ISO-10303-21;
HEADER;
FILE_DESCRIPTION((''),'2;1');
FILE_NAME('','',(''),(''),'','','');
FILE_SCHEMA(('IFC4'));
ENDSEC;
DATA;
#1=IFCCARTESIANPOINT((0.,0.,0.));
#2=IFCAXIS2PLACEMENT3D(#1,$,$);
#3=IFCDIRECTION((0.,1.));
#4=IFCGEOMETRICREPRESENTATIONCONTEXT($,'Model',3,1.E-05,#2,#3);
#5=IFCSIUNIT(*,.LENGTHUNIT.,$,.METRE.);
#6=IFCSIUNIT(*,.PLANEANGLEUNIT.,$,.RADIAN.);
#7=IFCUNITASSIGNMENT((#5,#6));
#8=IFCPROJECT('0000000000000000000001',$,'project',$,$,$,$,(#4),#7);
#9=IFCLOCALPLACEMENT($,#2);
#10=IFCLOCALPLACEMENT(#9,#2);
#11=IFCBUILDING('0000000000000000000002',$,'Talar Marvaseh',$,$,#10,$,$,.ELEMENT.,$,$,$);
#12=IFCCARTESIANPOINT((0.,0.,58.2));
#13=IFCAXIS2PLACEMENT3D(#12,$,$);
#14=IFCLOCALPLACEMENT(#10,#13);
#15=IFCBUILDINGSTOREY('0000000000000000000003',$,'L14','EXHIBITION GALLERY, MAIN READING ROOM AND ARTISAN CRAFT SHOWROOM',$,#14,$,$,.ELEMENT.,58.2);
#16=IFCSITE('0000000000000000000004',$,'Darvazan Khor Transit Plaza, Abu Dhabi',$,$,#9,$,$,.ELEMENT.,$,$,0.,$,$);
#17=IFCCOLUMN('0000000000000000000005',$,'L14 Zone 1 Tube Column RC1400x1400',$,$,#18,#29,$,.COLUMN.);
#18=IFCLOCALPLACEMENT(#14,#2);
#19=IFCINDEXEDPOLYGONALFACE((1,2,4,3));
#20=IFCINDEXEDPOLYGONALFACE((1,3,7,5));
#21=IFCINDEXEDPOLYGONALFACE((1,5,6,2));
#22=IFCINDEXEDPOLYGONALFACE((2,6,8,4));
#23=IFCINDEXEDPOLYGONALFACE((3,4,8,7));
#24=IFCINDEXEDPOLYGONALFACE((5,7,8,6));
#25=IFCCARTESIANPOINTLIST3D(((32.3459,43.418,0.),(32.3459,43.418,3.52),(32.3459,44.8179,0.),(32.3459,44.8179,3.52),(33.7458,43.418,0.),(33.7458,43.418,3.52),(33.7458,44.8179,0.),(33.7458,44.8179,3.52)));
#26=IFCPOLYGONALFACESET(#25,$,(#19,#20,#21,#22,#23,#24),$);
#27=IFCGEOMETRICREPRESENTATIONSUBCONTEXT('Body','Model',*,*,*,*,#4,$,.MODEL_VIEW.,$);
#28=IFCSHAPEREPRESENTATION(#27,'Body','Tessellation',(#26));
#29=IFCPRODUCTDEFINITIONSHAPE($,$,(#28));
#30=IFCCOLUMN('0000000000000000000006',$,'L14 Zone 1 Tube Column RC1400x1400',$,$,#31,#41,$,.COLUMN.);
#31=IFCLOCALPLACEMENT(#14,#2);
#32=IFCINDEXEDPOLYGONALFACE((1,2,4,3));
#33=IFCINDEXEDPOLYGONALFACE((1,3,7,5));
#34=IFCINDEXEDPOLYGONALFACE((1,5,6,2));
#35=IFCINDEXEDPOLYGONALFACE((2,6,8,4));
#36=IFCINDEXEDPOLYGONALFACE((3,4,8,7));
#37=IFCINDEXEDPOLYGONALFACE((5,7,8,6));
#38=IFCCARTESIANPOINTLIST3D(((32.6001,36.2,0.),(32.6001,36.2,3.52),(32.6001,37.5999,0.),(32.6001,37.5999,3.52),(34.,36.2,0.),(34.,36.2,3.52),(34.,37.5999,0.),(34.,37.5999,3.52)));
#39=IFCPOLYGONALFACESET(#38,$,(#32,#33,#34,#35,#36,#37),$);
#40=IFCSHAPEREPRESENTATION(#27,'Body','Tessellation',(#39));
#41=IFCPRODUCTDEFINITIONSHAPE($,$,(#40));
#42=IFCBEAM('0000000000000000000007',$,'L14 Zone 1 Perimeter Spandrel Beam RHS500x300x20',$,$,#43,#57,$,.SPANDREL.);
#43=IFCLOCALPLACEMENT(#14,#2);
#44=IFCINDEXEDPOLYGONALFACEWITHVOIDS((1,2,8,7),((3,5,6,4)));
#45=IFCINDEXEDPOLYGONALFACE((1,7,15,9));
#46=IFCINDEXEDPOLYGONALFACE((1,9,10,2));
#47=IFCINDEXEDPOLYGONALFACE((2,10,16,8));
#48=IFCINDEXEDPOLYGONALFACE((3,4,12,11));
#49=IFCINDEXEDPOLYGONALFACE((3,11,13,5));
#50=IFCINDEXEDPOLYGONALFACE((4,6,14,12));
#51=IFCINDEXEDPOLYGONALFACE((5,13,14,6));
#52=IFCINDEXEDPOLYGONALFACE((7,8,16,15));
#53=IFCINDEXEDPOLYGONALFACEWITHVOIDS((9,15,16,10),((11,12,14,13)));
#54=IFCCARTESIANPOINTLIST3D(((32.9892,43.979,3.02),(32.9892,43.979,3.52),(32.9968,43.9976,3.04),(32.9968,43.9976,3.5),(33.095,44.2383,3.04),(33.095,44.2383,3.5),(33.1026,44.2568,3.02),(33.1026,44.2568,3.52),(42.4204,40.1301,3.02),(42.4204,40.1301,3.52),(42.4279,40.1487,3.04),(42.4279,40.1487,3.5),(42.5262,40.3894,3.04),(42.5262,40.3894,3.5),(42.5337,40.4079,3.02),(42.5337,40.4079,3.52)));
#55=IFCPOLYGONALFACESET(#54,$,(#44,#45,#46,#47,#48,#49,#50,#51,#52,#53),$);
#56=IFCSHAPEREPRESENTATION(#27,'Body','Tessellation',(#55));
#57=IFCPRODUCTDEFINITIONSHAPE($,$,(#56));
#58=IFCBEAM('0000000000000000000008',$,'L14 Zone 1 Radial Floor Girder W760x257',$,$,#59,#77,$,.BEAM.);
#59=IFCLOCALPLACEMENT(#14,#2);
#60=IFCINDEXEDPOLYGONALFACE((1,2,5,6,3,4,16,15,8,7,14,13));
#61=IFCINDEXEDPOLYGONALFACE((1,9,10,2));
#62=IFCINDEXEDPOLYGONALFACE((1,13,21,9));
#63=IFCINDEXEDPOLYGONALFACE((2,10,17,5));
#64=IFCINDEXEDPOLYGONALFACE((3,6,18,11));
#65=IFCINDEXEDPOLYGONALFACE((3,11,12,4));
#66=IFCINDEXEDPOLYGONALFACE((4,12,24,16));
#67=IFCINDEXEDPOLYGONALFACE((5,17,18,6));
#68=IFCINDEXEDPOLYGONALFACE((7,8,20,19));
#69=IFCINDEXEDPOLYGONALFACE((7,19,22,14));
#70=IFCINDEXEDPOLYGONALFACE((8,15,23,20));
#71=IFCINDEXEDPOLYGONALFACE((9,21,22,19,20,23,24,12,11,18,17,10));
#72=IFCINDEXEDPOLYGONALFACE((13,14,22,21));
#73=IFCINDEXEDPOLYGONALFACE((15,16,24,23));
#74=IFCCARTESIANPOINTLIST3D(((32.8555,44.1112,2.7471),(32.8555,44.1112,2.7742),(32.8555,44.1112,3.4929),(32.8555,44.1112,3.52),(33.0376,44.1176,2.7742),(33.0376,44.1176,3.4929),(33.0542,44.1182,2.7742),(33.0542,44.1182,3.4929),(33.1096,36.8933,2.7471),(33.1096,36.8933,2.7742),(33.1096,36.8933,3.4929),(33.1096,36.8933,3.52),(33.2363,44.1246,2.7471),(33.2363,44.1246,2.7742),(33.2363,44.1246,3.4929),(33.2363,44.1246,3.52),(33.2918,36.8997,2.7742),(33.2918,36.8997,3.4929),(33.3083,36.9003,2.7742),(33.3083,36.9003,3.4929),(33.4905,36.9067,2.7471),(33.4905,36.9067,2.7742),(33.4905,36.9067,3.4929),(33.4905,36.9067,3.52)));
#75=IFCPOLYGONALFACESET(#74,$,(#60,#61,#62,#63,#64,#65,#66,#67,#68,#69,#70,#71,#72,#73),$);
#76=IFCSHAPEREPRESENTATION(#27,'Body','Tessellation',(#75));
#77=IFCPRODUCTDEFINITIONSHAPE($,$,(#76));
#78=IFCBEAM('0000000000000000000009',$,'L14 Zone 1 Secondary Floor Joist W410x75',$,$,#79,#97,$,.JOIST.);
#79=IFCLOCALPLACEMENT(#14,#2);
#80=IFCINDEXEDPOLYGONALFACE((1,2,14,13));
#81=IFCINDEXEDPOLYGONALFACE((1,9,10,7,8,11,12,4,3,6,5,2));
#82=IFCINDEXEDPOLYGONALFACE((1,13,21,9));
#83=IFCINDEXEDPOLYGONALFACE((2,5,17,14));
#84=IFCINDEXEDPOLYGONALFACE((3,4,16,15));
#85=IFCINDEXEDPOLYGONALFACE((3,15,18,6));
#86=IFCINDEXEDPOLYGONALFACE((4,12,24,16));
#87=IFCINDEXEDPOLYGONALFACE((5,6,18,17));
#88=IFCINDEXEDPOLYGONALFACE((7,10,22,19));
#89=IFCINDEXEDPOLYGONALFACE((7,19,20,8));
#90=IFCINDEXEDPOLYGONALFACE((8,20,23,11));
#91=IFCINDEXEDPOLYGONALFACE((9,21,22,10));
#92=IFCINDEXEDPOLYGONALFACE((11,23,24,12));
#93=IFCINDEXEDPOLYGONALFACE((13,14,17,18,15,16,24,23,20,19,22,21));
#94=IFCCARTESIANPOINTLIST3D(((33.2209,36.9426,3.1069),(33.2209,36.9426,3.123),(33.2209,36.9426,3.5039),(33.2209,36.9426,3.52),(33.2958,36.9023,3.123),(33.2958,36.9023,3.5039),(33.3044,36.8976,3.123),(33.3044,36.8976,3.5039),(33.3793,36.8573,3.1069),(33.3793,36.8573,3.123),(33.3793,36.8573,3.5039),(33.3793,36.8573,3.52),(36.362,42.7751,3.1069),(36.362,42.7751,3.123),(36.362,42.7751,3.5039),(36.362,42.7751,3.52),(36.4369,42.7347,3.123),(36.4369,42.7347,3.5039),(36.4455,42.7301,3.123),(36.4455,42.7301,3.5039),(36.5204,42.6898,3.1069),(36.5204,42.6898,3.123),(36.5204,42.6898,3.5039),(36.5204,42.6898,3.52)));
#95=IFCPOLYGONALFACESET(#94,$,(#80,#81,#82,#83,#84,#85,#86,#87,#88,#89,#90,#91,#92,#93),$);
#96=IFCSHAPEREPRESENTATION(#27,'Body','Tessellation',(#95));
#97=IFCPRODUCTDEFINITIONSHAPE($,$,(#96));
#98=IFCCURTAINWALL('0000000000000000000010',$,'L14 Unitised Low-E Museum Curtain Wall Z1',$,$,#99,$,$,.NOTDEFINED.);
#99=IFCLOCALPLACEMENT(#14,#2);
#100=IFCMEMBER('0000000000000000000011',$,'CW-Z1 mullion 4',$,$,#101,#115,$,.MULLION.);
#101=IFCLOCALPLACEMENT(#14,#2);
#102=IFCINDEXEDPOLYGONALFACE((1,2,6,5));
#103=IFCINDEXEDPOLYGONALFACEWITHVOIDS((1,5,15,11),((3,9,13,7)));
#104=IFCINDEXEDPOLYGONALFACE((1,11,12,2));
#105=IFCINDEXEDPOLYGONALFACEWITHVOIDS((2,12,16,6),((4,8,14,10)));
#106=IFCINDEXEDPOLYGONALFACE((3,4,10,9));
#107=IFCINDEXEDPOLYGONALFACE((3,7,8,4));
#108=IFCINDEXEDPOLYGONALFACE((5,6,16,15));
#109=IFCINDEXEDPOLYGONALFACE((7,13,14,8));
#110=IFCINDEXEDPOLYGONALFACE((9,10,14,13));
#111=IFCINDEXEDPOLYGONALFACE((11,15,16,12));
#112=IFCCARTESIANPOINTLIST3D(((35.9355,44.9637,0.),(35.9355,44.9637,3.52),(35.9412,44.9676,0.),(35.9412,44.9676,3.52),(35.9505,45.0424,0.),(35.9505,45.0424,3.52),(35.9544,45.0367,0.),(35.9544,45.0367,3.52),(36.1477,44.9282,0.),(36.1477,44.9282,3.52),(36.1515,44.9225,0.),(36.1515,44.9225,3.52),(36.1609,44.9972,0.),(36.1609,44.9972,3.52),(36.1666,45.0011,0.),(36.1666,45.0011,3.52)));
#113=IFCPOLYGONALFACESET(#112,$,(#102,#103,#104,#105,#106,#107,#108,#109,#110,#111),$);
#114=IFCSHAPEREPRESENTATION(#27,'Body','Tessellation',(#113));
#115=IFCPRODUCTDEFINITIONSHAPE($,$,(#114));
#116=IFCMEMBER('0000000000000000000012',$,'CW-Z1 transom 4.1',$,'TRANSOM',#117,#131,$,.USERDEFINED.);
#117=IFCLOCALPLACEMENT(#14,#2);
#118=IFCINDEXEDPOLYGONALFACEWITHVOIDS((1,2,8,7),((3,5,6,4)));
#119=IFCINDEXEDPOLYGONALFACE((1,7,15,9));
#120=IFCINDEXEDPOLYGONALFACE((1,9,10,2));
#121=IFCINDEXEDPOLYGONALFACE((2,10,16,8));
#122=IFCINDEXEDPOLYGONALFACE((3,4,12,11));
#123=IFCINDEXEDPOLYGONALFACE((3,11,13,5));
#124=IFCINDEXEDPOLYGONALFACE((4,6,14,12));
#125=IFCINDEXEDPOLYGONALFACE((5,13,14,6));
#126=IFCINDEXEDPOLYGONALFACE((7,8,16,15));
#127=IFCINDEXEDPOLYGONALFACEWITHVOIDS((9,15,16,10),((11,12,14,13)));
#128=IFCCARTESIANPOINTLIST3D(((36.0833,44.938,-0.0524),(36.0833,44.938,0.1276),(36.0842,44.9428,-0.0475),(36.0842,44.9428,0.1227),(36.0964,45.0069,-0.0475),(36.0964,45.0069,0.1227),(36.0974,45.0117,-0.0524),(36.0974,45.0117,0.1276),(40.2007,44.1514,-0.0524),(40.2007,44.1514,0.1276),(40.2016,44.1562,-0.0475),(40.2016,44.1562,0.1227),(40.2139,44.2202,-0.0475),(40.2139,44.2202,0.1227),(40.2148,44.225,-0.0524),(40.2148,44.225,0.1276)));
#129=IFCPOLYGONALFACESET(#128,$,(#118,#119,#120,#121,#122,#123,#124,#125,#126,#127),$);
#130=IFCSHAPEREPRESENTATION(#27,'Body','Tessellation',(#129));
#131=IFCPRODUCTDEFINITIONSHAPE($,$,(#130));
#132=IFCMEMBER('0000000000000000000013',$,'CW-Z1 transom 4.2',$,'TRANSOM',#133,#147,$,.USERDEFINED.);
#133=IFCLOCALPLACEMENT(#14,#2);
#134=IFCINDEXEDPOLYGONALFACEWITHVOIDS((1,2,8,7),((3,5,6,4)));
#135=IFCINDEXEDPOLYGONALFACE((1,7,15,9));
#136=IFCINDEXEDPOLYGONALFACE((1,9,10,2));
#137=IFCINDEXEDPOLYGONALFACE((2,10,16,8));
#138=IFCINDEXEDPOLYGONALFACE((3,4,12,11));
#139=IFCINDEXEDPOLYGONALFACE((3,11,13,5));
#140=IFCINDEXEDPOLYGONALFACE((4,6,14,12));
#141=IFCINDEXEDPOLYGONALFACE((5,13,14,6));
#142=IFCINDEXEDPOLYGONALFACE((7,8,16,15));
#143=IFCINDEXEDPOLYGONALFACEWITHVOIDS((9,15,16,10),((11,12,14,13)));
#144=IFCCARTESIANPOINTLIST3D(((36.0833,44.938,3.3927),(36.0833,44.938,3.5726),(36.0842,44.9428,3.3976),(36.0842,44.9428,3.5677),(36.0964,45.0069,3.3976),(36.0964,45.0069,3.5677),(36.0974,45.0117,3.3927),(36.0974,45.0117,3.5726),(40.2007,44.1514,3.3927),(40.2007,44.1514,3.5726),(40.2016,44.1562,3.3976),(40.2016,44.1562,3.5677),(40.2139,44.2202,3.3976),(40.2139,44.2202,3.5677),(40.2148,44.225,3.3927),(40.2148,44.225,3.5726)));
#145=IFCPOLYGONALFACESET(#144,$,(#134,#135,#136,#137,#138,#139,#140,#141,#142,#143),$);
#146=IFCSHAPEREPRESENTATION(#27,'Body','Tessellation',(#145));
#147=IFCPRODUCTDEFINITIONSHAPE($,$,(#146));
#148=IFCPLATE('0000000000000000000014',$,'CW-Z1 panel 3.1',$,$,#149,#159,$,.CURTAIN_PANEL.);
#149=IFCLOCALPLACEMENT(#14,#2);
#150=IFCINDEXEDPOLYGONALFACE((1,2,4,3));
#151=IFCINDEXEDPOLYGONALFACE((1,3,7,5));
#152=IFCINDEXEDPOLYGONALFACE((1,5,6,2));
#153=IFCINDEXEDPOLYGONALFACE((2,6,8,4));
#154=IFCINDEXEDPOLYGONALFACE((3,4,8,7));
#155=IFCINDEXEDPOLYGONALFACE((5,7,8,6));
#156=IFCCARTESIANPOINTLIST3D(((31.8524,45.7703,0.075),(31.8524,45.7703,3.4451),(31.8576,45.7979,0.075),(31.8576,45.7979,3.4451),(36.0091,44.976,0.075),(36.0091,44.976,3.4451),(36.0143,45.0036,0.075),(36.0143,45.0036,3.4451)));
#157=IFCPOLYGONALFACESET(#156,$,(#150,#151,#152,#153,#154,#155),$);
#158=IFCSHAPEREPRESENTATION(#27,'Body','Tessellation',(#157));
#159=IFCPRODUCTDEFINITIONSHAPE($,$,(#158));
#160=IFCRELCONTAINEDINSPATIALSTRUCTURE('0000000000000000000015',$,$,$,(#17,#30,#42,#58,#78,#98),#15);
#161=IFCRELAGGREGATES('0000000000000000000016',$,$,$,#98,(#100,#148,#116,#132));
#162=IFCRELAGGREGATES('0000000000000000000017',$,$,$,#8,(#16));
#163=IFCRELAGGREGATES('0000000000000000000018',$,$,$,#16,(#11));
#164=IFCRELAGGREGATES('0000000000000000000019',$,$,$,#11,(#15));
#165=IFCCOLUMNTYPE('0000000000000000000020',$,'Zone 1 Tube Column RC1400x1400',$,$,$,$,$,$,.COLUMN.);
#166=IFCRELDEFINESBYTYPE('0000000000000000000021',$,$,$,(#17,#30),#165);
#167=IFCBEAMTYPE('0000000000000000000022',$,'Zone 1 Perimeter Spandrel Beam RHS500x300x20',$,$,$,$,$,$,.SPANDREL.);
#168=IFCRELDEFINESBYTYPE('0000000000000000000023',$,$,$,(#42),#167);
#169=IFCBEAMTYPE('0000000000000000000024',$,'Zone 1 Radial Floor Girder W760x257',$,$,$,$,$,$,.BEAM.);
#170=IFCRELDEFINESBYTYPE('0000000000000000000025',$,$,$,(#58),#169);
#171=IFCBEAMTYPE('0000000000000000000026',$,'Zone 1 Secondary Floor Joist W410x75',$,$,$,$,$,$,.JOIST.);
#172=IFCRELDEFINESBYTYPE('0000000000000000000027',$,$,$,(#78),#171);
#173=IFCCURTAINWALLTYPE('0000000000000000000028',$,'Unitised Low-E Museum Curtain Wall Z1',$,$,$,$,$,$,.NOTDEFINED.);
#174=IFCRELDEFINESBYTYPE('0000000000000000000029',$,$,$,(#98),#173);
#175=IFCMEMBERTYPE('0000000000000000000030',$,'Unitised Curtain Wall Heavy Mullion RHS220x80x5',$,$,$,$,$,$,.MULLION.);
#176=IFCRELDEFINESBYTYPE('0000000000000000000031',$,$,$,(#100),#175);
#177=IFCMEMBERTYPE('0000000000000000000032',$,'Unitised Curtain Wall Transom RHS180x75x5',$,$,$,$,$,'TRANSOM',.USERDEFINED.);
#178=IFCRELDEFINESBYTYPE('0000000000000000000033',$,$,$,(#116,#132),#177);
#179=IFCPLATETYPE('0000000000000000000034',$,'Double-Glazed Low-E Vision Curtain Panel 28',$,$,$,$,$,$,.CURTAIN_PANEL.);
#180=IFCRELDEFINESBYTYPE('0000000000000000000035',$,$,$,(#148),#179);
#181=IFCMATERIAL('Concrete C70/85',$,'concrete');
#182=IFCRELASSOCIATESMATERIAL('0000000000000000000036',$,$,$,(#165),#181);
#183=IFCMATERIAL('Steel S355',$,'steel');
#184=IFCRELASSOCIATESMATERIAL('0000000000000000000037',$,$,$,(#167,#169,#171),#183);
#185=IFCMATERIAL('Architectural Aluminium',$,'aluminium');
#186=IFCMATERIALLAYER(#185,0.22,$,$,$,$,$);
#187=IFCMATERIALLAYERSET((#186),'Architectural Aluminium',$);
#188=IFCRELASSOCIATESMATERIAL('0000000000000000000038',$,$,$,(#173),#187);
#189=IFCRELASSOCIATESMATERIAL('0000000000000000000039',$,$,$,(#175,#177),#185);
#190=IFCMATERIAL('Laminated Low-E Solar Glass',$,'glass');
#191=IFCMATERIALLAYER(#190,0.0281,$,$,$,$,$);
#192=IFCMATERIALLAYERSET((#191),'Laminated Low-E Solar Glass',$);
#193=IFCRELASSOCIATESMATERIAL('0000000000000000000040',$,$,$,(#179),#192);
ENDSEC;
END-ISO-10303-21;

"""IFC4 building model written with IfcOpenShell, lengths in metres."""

from ifc_helpers import new_model, si_unit, direction, frame, origin, origin_2d, place, context, subcontext, project, spatial, rectangle, hollow_rectangle, i_section, extrude, source, transform, mapped, material, layer, layer_set, material_profile, profile_set, type_object, type_shapes, element, aggregate, save


model = new_model("IFC4")

# Units and contexts
model_context = context("Model", 3, precision=1e-05, world=origin(), true_north=direction((0.0, 1.0)))
body_context = subcontext(model_context, "Body", "Model", "MODEL_VIEW")
ifc_project = project(units=[si_unit("LENGTHUNIT", "METRE"), si_unit("PLANEANGLEUNIT", "RADIAN")], contexts=[model_context])

# Site, building, storey
site_placement = place(None, origin())
site = spatial("IfcSite", under=ifc_project, at=site_placement, Name="Darvazan Khor Transit Plaza, Abu Dhabi", CompositionType="ELEMENT", RefElevation=0.0)
building_placement = place(site_placement, origin())
building = spatial("IfcBuilding", under=site, at=building_placement, Name="Talar Marvaseh", CompositionType="ELEMENT")
storey_placement = place(building_placement, frame((0.0, 0.0, 58.2)))
storey = spatial("IfcBuildingStorey", under=building, at=storey_placement, Name="L14", Description="EXHIBITION GALLERY, MAIN READING ROOM AND ARTISAN CRAFT SHOWROOM", CompositionType="ELEMENT", Elevation=58.2)

# Columns
ifc_material_1 = material(Name="Concrete C70/85", Category="concrete")
ifc_material_profile_1 = material_profile(ifc_material_1, rectangle(XDim=1.3999, YDim=1.3999, at=origin_2d()), Name="RC1400x1400")
ifc_profile_set_1 = profile_set([ifc_material_profile_1], Name="Concrete C70/85")
column_type = type_object("IfcColumnType", Name="Zone 1 Tube Column RC1400x1400", PredefinedType="COLUMN", material=ifc_profile_set_1)
for number, where, z_axis, x_axis, name in (
    (1, (33.0459, 44.1179, 0.0), (0.0, 0.0, 1.0), (1.0, 0.0, 0.0), "L14 Zone 1 Tube Column RC1400x1400"),
    (2, (33.3, 36.8999, 0.0), (0.0, 0.0, 1.0), (1.0, 0.0, 0.0), "L14 Zone 1 Tube Column RC1400x1400"),
):
    element("IfcColumn", number, at=place(storey_placement, frame(where, z_axis=z_axis, x_axis=x_axis)), inside=storey, type_object=column_type, Name=name, PredefinedType="COLUMN", context=body_context, shape_type="SweptSolid", body=[
        extrude(rectangle(XDim=1.3999, YDim=1.3999, at=origin_2d()), origin(), (0.0, 0.0, 1.0), 3.52),
    ])

# Beams
ifc_material_2 = material(Name="Steel S355", Category="steel")
ifc_material_profile_2 = material_profile(ifc_material_2, hollow_rectangle(XDim=0.3, YDim=0.5, WallThickness=0.02, at=origin_2d()), Name="RHS500x300x20")
ifc_profile_set_2 = profile_set([ifc_material_profile_2], Name="Steel S355")
beam_type_1 = type_object("IfcBeamType", Name="Zone 1 Perimeter Spandrel Beam RHS500x300x20", PredefinedType="SPANDREL", material=ifc_profile_set_2)
beam_1_placement = place(storey_placement, frame((33.0459, 44.1179, 3.27), z_axis=(0.925867, -0.377849, 0.0), x_axis=(0.377849, 0.925867, 0.0)))
element("IfcBeam", 3, at=beam_1_placement, inside=storey, type_object=beam_type_1, Name="L14 Zone 1 Perimeter Spandrel Beam RHS500x300x20", PredefinedType="SPANDREL", context=body_context, shape_type="SweptSolid", body=[
    extrude(hollow_rectangle(XDim=0.3, YDim=0.5, WallThickness=0.02, at=origin_2d()), origin(), (0.0, 0.0, 1.0), 10.1863),
])
ifc_material_profile_3 = material_profile(ifc_material_2, i_section(OverallWidth=0.3811, OverallDepth=0.7729, WebThickness=0.0166, FlangeThickness=0.0271, at=origin_2d()), Name="W760x257")
ifc_profile_set_3 = profile_set([ifc_material_profile_3], Name="Steel S355")
beam_type_2 = type_object("IfcBeamType", Name="Zone 1 Radial Floor Girder W760x257", PredefinedType="BEAM", material=ifc_profile_set_3)
beam_2_placement = place(storey_placement, frame((33.0459, 44.1179, 3.1335), z_axis=(0.035189, -0.999381, 0.0), x_axis=(0.999381, 0.035189, 0.0)))
element("IfcBeam", 4, at=beam_2_placement, inside=storey, type_object=beam_type_2, Name="L14 Zone 1 Radial Floor Girder W760x257", PredefinedType="BEAM", context=body_context, shape_type="SweptSolid", body=[
    extrude(i_section(OverallWidth=0.3811, OverallDepth=0.7729, WebThickness=0.0166, FlangeThickness=0.0271, at=origin_2d()), origin(), (0.0, 0.0, 1.0), 7.2224),
])
ifc_material_profile_4 = material_profile(ifc_material_2, i_section(OverallWidth=0.1799, OverallDepth=0.4131, WebThickness=0.0098, FlangeThickness=0.0161, at=origin_2d()), Name="W410x75")
ifc_profile_set_4 = profile_set([ifc_material_profile_4], Name="Steel S355")
beam_type_3 = type_object("IfcBeamType", Name="Zone 1 Secondary Floor Joist W410x75", PredefinedType="JOIST", material=ifc_profile_set_4)
beam_3_placement = place(storey_placement, frame((36.4412, 42.7324, 3.3135), z_axis=(-0.474161, -0.880438, 0.0), x_axis=(0.880438, -0.474161, 0.0)))
element("IfcBeam", 5, at=beam_3_placement, inside=storey, type_object=beam_type_3, Name="L14 Zone 1 Secondary Floor Joist W410x75", PredefinedType="JOIST", context=body_context, shape_type="SweptSolid", body=[
    extrude(i_section(OverallWidth=0.1799, OverallDepth=0.4131, WebThickness=0.0098, FlangeThickness=0.0161, at=origin_2d()), origin(), (0.0, 0.0, 1.0), 6.6245),
])

# Curtain wall, members, plate
ifc_material_3 = material(Name="Architectural Aluminium", Category="aluminium")
ifc_layer_1 = layer(ifc_material_3, 0.22)
ifc_layer_set_1 = layer_set([ifc_layer_1], Name="Architectural Aluminium")
curtain_wall_type = type_object("IfcCurtainWallType", Name="Unitised Low-E Museum Curtain Wall Z1", PredefinedType="NOTDEFINED", material=ifc_layer_set_1)
curtain_wall_placement = place(storey_placement, origin())
curtain_wall = element("IfcCurtainWall", 6, at=curtain_wall_placement, inside=storey, type_object=curtain_wall_type, Name="L14 Unitised Low-E Museum Curtain Wall Z1", PredefinedType="NOTDEFINED")
ifc_material_profile_5 = material_profile(ifc_material_3, hollow_rectangle(XDim=0.0801, YDim=0.22, WallThickness=0.0049, at=origin_2d()), Name="RHS220x80x5")
ifc_profile_set_5 = profile_set([ifc_material_profile_5], Name="Architectural Aluminium")
member_type_1 = type_object("IfcMemberType", Name="Unitised Curtain Wall Heavy Mullion RHS220x80x5", PredefinedType="MULLION", material=ifc_profile_set_5)
shared_shape_1 = source(origin(), body_context, "Body", "SweptSolid", [
    extrude(hollow_rectangle(XDim=0.0801, YDim=0.22, WallThickness=0.0049, at=origin_2d()), origin(), (0.0, 0.0, 1.0), 3.52),
])
type_shapes(member_type_1, [shared_shape_1])
member_1_placement = place(storey_placement, frame((36.051, 44.9824, 0.0), z_axis=(0.0, 0.0, 1.0), x_axis=(0.187685, 0.982229, 0.0)))
member_1 = element("IfcMember", 7, at=member_1_placement, type_object=member_type_1, Name="CW-Z1 mullion 4", PredefinedType="MULLION", context=body_context, shape_type="MappedRepresentation", body=[
    mapped(shared_shape_1, transform((0.0, 0.0, 0.0), x_axis=(1.0, 0.0, 0.0), y_axis=(0.0, 1.0, 0.0), z_axis=(0.0, 0.0, 1.0), scale=1.0)),
])
ifc_material_profile_6 = material_profile(ifc_material_3, hollow_rectangle(XDim=0.075, YDim=0.1799, WallThickness=0.0049, at=origin_2d()), Name="RHS180x75x5")
ifc_profile_set_6 = profile_set([ifc_material_profile_6], Name="Architectural Aluminium")
member_type_2 = type_object("IfcMemberType", Name="Unitised Curtain Wall Transom RHS180x75x5", ElementType="TRANSOM", PredefinedType="USERDEFINED", material=ifc_profile_set_6)
shared_shape_2 = source(origin(), body_context, "Body", "SweptSolid", [
    extrude(hollow_rectangle(XDim=0.075, YDim=0.1799, WallThickness=0.0049, at=origin_2d()), origin(), (0.0, 0.0, 1.0), 4.1919),
])
type_shapes(member_type_2, [shared_shape_2])
member_2_placement = place(storey_placement, frame((36.0903, 44.9749, 0.0376), z_axis=(0.982235, -0.187653, 0.0), x_axis=(0.187653, 0.982235, 0.0)))
member_2 = element("IfcMember", 8, at=member_2_placement, type_object=member_type_2, Name="CW-Z1 transom 4.1", ObjectType="TRANSOM", PredefinedType="USERDEFINED", context=body_context, shape_type="MappedRepresentation", body=[
    mapped(shared_shape_2, transform((0.0, 0.0, 0.0), x_axis=(1.0, 0.0, 0.0), y_axis=(0.0, 1.0, 0.0), z_axis=(0.0, 0.0, 1.0), scale=1.0)),
])
member_3_placement = place(storey_placement, frame((36.0903, 44.9749, 3.4827), z_axis=(0.982235, -0.187653, 0.0), x_axis=(0.187653, 0.982235, 0.0)))
member_3 = element("IfcMember", 9, at=member_3_placement, type_object=member_type_2, Name="CW-Z1 transom 4.2", ObjectType="TRANSOM", PredefinedType="USERDEFINED", context=body_context, shape_type="MappedRepresentation", body=[
    mapped(shared_shape_2, transform((0.0, 0.0, 0.0), x_axis=(1.0, 0.0, 0.0), y_axis=(0.0, 1.0, 0.0), z_axis=(0.0, 0.0, 1.0), scale=1.0)),
])
ifc_material_4 = material(Name="Laminated Low-E Solar Glass", Category="glass")
ifc_layer_2 = layer(ifc_material_4, 0.0281)
ifc_layer_set_2 = layer_set([ifc_layer_2], Name="Laminated Low-E Solar Glass")
plate_type = type_object("IfcPlateType", Name="Double-Glazed Low-E Vision Curtain Panel 28", PredefinedType="CURTAIN_PANEL", material=ifc_layer_set_2)
shared_shape_3 = source(origin(), body_context, "Body", "SweptSolid", [
    extrude(rectangle(XDim=4.2319, YDim=0.0281, at=origin_2d()), origin(), (0.0, 0.0, 1.0), 3.3701),
])
type_shapes(plate_type, [shared_shape_3])
plate_placement = place(storey_placement, frame((33.9333, 45.387, 0.075), z_axis=(0.0, 0.0, 1.0), x_axis=(0.982229, -0.187685, 0.0)))
plate = element("IfcPlate", 10, at=plate_placement, type_object=plate_type, Name="CW-Z1 panel 3.1", PredefinedType="CURTAIN_PANEL", context=body_context, shape_type="MappedRepresentation", body=[
    mapped(shared_shape_3, transform((0.0, 0.0, 0.0), x_axis=(1.0, 0.0, 0.0), y_axis=(0.0, 1.0, 0.0), z_axis=(0.0, 0.0, 1.0), scale=1.0)),
])
aggregate(curtain_wall, [member_1, plate, member_2, member_3])

save(model, "model.ifc")
